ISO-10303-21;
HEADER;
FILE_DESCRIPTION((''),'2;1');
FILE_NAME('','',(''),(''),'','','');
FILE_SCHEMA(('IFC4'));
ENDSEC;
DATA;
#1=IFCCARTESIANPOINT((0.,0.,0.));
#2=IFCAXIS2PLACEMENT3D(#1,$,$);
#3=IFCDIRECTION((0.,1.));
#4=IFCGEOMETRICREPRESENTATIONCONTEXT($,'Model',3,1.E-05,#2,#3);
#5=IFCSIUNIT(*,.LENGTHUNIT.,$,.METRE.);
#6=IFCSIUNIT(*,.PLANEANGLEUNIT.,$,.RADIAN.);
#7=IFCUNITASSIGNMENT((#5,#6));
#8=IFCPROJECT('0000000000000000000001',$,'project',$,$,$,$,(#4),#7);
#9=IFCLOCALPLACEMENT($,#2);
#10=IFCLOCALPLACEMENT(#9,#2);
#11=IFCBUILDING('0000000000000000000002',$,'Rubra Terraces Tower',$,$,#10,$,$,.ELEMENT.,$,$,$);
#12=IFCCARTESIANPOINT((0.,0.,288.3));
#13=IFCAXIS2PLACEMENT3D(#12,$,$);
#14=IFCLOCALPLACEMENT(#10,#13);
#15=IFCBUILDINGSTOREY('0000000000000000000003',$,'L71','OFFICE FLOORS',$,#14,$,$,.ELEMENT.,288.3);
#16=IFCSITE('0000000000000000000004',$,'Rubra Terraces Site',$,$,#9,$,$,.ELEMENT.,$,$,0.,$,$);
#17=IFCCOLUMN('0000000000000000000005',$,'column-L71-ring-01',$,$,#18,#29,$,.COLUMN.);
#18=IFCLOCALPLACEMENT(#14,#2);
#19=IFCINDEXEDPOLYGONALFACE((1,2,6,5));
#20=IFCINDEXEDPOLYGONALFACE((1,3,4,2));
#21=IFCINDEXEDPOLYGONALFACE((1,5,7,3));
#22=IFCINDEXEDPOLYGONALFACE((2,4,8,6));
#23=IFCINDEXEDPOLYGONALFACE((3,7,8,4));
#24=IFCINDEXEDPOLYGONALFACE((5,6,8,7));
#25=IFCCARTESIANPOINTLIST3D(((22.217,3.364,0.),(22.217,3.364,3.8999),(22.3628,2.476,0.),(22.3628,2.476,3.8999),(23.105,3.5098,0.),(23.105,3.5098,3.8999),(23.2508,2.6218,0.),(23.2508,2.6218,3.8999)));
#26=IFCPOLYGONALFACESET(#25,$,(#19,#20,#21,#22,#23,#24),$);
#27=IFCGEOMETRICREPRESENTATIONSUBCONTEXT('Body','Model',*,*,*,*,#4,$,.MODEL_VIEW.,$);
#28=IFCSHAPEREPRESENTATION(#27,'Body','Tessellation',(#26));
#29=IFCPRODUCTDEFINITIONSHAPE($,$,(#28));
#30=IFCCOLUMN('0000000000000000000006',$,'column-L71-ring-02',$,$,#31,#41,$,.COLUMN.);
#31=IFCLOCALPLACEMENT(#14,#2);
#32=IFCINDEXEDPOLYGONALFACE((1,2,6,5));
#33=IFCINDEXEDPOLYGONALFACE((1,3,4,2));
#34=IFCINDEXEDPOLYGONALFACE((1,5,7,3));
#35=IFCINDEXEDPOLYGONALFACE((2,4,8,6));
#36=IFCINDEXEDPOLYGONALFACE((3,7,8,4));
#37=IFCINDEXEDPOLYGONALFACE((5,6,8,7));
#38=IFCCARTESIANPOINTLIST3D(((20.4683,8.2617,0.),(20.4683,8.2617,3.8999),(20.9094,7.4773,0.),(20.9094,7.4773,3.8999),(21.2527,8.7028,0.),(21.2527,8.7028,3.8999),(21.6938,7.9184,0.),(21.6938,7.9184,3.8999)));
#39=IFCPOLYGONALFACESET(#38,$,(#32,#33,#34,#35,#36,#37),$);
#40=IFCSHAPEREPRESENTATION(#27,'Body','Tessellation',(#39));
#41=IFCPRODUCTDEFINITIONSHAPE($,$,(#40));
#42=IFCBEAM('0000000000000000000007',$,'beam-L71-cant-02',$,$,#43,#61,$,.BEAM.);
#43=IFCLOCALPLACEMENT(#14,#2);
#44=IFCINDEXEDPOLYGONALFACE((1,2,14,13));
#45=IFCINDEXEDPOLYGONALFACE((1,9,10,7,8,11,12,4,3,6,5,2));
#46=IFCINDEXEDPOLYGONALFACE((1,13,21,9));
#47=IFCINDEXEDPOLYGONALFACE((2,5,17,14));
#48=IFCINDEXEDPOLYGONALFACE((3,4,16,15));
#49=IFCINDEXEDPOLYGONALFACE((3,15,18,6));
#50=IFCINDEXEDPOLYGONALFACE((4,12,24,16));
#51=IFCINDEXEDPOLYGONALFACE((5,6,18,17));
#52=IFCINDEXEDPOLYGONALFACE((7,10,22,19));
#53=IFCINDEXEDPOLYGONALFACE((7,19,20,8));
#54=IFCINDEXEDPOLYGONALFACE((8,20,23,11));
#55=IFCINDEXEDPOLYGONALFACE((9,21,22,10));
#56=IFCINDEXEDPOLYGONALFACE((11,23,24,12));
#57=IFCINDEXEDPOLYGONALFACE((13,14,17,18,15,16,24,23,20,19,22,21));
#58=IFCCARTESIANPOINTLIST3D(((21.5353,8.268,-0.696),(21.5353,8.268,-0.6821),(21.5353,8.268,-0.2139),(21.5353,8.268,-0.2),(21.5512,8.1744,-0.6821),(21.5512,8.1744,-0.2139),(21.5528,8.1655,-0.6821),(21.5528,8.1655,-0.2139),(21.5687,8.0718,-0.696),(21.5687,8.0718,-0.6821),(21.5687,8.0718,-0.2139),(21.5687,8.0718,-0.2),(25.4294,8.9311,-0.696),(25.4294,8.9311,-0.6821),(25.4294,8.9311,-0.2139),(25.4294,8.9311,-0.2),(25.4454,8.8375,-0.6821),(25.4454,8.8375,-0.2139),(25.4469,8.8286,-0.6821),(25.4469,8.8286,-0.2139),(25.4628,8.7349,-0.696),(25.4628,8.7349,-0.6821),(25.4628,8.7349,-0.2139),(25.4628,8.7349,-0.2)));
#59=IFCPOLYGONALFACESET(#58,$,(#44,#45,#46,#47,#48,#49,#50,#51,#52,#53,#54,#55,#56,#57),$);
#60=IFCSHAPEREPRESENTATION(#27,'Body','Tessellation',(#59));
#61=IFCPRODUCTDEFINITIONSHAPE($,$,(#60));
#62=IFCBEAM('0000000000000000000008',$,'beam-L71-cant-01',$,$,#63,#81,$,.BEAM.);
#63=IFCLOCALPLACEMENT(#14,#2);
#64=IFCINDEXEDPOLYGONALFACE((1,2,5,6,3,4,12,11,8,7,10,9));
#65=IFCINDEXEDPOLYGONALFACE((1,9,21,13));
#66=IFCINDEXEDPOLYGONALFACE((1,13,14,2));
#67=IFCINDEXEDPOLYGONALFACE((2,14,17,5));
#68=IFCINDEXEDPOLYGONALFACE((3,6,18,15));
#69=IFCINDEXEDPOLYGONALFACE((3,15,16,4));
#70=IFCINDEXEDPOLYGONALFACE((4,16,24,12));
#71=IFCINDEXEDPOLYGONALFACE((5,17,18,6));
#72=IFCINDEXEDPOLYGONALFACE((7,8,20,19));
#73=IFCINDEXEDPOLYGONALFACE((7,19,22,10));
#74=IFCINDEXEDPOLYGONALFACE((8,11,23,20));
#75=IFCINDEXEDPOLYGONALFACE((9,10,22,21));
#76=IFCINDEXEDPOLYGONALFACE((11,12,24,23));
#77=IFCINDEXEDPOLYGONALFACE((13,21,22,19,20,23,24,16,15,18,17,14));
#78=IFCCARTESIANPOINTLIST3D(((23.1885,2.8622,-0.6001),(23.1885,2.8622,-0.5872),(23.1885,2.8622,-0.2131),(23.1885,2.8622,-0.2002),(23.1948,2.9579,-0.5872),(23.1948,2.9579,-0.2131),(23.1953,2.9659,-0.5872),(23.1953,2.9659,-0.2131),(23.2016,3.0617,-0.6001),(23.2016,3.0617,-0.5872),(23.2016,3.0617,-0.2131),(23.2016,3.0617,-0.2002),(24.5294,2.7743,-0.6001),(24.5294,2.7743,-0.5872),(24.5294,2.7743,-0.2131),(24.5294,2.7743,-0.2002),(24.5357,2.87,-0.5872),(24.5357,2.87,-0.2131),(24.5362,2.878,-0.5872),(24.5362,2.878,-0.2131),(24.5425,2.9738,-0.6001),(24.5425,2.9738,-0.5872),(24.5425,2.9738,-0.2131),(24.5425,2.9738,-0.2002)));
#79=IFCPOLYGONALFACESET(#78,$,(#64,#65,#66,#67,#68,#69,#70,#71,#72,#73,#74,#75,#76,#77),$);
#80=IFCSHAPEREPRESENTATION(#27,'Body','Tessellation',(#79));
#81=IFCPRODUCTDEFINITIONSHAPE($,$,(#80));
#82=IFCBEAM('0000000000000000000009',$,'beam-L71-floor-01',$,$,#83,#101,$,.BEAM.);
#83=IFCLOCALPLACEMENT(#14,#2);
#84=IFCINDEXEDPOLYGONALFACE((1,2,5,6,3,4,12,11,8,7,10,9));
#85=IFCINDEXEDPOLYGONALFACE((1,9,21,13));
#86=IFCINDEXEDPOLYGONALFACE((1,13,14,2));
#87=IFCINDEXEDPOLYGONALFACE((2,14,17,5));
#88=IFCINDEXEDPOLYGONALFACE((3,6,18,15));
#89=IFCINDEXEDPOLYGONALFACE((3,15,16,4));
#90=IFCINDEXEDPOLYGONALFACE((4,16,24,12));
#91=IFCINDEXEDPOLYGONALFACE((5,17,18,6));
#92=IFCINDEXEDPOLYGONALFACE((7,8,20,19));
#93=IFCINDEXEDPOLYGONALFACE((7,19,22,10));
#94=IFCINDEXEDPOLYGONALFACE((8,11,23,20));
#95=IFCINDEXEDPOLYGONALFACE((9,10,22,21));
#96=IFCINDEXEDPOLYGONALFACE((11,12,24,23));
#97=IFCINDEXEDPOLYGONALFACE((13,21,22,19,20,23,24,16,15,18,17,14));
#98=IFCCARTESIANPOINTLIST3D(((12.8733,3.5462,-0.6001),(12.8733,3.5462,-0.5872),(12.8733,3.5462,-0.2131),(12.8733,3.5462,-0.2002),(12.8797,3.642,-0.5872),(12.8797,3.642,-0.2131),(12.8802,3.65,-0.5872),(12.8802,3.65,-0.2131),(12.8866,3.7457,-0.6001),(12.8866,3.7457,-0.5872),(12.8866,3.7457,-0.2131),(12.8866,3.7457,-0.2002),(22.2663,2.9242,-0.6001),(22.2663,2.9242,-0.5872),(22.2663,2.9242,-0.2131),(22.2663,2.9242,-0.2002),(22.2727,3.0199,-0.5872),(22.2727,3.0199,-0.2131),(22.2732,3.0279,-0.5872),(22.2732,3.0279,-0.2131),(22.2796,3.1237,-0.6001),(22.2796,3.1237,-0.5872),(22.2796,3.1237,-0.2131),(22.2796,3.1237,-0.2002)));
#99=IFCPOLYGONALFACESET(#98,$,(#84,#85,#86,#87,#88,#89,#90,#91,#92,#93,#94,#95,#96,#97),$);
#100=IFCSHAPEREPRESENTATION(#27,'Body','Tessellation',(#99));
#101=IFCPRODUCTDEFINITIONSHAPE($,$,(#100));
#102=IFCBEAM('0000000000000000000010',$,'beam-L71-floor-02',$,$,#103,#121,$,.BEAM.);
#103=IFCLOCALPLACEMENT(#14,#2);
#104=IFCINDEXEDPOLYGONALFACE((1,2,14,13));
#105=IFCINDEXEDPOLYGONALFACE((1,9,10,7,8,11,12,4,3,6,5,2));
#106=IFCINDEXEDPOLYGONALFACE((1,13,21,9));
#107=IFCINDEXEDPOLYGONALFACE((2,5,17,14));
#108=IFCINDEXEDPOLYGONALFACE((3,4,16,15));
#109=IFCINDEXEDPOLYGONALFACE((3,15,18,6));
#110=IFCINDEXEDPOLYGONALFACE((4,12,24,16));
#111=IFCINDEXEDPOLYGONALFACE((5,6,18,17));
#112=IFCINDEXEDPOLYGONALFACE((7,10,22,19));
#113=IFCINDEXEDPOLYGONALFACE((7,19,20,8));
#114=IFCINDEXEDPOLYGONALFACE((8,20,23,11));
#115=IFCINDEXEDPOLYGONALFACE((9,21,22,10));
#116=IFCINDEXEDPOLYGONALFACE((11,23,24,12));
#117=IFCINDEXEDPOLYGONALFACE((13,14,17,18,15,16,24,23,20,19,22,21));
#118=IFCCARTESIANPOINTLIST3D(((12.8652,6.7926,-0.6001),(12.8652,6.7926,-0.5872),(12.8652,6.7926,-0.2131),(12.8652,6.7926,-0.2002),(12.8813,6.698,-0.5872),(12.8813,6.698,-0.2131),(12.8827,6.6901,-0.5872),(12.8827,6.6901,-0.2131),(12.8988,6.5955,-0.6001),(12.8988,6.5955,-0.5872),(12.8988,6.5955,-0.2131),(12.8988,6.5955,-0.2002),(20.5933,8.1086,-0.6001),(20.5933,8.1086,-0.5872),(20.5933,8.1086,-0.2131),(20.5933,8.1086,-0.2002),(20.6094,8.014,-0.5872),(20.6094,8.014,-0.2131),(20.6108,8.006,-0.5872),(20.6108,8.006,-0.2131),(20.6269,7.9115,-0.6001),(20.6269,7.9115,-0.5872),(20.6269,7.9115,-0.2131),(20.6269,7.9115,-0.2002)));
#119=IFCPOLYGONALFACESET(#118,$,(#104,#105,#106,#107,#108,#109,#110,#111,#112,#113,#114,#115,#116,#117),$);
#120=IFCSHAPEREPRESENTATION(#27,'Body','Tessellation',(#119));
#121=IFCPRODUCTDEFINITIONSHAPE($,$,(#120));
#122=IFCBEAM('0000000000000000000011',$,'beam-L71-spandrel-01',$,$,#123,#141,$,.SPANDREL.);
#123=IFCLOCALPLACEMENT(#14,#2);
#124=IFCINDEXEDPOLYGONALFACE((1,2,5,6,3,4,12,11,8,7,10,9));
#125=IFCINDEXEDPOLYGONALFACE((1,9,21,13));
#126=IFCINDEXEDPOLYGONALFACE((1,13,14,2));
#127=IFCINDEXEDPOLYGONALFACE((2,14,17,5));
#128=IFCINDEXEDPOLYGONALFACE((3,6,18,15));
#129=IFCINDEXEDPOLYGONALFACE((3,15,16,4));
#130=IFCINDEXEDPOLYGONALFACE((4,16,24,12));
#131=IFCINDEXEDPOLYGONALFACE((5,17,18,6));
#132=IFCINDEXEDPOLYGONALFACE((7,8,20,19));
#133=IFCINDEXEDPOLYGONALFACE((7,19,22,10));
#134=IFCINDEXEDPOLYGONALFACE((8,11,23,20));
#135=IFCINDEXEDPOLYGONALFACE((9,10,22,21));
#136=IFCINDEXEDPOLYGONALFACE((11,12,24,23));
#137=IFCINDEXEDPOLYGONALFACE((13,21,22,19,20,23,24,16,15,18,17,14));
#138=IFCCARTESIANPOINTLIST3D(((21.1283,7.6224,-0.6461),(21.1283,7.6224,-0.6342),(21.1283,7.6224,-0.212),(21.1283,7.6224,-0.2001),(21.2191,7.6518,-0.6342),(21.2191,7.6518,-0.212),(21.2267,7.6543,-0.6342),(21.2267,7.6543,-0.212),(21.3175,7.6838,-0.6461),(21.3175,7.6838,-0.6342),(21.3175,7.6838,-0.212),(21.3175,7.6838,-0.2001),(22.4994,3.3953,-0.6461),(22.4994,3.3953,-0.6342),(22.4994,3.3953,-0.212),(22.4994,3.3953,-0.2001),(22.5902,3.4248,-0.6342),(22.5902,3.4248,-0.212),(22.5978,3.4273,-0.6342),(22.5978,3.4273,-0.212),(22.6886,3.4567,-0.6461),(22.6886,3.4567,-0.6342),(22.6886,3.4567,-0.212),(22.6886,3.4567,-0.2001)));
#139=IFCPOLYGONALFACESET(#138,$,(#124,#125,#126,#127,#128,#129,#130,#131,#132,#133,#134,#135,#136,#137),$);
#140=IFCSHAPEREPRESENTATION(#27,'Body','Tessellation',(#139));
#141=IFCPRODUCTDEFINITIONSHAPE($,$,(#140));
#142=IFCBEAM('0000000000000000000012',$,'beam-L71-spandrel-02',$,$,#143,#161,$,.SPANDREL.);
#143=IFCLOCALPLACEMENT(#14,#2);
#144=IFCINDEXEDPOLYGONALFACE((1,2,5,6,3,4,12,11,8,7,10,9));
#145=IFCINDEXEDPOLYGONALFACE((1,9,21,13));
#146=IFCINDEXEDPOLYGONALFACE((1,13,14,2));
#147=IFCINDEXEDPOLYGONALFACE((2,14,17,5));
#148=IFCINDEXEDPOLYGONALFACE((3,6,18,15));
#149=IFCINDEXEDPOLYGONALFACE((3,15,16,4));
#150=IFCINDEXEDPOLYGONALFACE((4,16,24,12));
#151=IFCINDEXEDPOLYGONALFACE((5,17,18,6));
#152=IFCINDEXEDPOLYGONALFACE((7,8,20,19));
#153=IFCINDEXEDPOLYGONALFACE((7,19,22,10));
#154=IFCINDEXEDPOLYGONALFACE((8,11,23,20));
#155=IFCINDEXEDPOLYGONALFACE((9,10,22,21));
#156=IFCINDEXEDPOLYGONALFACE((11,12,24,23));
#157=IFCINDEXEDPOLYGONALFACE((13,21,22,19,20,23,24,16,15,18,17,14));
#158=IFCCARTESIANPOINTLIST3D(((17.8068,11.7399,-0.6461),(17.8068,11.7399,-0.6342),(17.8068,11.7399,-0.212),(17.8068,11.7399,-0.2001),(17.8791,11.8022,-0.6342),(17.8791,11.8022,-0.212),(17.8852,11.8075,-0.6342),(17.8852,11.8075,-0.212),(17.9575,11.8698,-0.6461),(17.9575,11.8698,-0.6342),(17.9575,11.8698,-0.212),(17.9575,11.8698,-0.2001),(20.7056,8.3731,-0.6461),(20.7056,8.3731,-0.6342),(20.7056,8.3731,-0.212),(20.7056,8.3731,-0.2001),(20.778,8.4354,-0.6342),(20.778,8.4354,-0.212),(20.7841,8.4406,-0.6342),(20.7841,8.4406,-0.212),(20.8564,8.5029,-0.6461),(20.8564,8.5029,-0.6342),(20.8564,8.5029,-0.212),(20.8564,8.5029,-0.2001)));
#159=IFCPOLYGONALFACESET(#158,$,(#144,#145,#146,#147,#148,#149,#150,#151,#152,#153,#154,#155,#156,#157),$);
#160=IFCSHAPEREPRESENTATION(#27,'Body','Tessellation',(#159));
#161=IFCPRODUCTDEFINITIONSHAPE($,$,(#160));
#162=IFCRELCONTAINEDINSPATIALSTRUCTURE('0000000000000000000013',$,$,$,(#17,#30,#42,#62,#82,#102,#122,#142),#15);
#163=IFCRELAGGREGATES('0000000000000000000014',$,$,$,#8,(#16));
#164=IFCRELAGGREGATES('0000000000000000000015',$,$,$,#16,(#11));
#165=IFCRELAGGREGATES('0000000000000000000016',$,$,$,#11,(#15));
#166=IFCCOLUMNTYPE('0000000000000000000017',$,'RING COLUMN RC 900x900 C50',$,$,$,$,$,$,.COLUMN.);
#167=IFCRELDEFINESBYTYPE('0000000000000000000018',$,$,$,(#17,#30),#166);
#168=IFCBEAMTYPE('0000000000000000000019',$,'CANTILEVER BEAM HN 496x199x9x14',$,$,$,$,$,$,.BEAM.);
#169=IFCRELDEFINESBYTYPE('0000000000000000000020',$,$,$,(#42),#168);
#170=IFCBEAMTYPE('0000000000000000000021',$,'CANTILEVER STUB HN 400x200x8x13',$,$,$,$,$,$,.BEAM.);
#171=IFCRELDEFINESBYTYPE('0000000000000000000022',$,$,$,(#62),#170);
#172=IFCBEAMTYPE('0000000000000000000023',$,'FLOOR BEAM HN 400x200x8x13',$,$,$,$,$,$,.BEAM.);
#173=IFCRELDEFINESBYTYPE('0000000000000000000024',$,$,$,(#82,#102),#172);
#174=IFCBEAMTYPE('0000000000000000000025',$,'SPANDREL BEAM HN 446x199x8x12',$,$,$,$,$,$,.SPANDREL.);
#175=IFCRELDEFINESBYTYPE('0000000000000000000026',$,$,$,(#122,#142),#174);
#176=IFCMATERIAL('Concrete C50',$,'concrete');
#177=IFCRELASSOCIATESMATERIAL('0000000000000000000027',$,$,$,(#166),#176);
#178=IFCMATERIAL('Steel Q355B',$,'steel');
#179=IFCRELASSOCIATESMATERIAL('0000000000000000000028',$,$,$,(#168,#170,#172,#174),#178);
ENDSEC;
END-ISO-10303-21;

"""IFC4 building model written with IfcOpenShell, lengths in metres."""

from ifc_helpers import new_model, si_unit, direction, frame, origin, origin_2d, place, context, subcontext, project, spatial, rectangle, i_section, extrude, material, material_profile, profile_set, type_object, element, save


model = new_model("IFC4")

# Units and contexts
model_context = context("Model", 3, precision=1e-05, world=origin(), true_north=direction((0.0, 1.0)))
body_context = subcontext(model_context, "Body", "Model", "MODEL_VIEW")
ifc_project = project(units=[si_unit("LENGTHUNIT", "METRE"), si_unit("PLANEANGLEUNIT", "RADIAN")], contexts=[model_context])

# Site, building, storey
site_placement = place(None, origin())
site = spatial("IfcSite", under=ifc_project, at=site_placement, Name="Rubra Terraces Site", CompositionType="ELEMENT", RefElevation=0.0)
building_placement = place(site_placement, origin())
building = spatial("IfcBuilding", under=site, at=building_placement, Name="Rubra Terraces Tower", CompositionType="ELEMENT")
storey_placement = place(building_placement, frame((0.0, 0.0, 288.3)))
storey = spatial("IfcBuildingStorey", under=building, at=storey_placement, Name="L71", Description="OFFICE FLOORS", CompositionType="ELEMENT", Elevation=288.3)

# Columns
ifc_material_1 = material(Name="Concrete C50", Category="concrete")
ifc_material_profile_1 = material_profile(ifc_material_1, rectangle(XDim=0.8999, YDim=0.8999, at=origin_2d()), Name="RC 900x900")
ifc_profile_set_1 = profile_set([ifc_material_profile_1], Name="Concrete C50")
column_type = type_object("IfcColumnType", Name="RING COLUMN RC 900x900 C50", PredefinedType="COLUMN", material=ifc_profile_set_1)
for number, where, z_axis, x_axis, name in (
    (1, (22.7339, 2.9929, 0.0), (0.0, 0.0, 1.0), (-0.162062, 0.986781, 0.0), "column-L71-ring-01"),
    (2, (21.0811, 8.0901, 0.0), (0.0, 0.0, 1.0), (-0.490162, 0.871631, 0.0), "column-L71-ring-02"),
):
    element("IfcColumn", number, at=place(storey_placement, frame(where, z_axis=z_axis, x_axis=x_axis)), inside=storey, type_object=column_type, Name=name, PredefinedType="COLUMN", context=body_context, shape_type="SweptSolid", body=[
        extrude(rectangle(XDim=0.8999, YDim=0.8999, at=origin_2d()), origin(), (0.0, 0.0, 1.0), 3.8999),
    ])

# Beams
ifc_material_2 = material(Name="Steel Q355B", Category="steel")
ifc_material_profile_2 = material_profile(ifc_material_2, i_section(OverallWidth=0.199, OverallDepth=0.4961, WebThickness=0.009, FlangeThickness=0.0139, at=origin_2d()), Name="HN 496x199x9x14")
ifc_profile_set_2 = profile_set([ifc_material_profile_2], Name="Steel Q355B")
beam_type_1 = type_object("IfcBeamType", Name="CANTILEVER BEAM HN 496x199x9x14", PredefinedType="BEAM", material=ifc_profile_set_2)
beam_1_placement = place(storey_placement, frame((21.552, 8.1699, -0.448), z_axis=(0.98581, 0.167866, 0.0), x_axis=(-0.167866, 0.98581, 0.0)))
element("IfcBeam", 3, at=beam_1_placement, inside=storey, type_object=beam_type_1, Name="beam-L71-cant-02", PredefinedType="BEAM", context=body_context, shape_type="SweptSolid", body=[
    extrude(i_section(OverallWidth=0.199, OverallDepth=0.4961, WebThickness=0.009, FlangeThickness=0.0139, at=origin_2d()), origin(), (0.0, 0.0, 1.0), 3.9502),
])
ifc_material_profile_3 = material_profile(ifc_material_2, i_section(OverallWidth=0.2, OverallDepth=0.3999, WebThickness=0.0081, FlangeThickness=0.0129, at=origin_2d()), Name="HN 400x200x8x13")
ifc_profile_set_3 = profile_set([ifc_material_profile_3], Name="Steel Q355B")
beam_type_2 = type_object("IfcBeamType", Name="CANTILEVER STUB HN 400x200x8x13", PredefinedType="BEAM", material=ifc_profile_set_3)
beam_2_placement = place(storey_placement, frame((23.1951, 2.9619, -0.4001), z_axis=(0.997859, -0.06541, 0.0), x_axis=(0.06541, 0.997859, 0.0)))
element("IfcBeam", 4, at=beam_2_placement, inside=storey, type_object=beam_type_2, Name="beam-L71-cant-01", PredefinedType="BEAM", context=body_context, shape_type="SweptSolid", body=[
    extrude(i_section(OverallWidth=0.2, OverallDepth=0.3999, WebThickness=0.0081, FlangeThickness=0.0129, at=origin_2d()), origin(), (0.0, 0.0, 1.0), 1.3438),
])
ifc_material_profile_4 = material_profile(ifc_material_2, i_section(OverallWidth=0.2, OverallDepth=0.3999, WebThickness=0.0081, FlangeThickness=0.0129, at=origin_2d()), Name="HN 400x200x8x13")
ifc_profile_set_4 = profile_set([ifc_material_profile_4], Name="Steel Q355B")
beam_type_3 = type_object("IfcBeamType", Name="FLOOR BEAM HN 400x200x8x13", PredefinedType="BEAM", material=ifc_profile_set_4)
beam_3_placement = place(storey_placement, frame((22.2729, 3.0239, -0.4001), z_axis=(-0.997814, 0.066082, 0.0), x_axis=(-0.066082, -0.997814, 0.0)))
element("IfcBeam", 5, at=beam_3_placement, inside=storey, type_object=beam_type_3, Name="beam-L71-floor-01", PredefinedType="BEAM", context=body_context, shape_type="SweptSolid", body=[
    extrude(i_section(OverallWidth=0.2, OverallDepth=0.3999, WebThickness=0.0081, FlangeThickness=0.0129, at=origin_2d()), origin(), (0.0, 0.0, 1.0), 9.4136),
])
beam_4_placement = place(storey_placement, frame((20.6101, 8.01, -0.4001), z_axis=(-0.98581, -0.167862, 0.0), x_axis=(0.167862, -0.98581, 0.0)))
element("IfcBeam", 6, at=beam_4_placement, inside=storey, type_object=beam_type_3, Name="beam-L71-floor-02", PredefinedType="BEAM", context=body_context, shape_type="SweptSolid", body=[
    extrude(i_section(OverallWidth=0.2, OverallDepth=0.3999, WebThickness=0.0081, FlangeThickness=0.0129, at=origin_2d()), origin(), (0.0, 0.0, 1.0), 7.8394),
])
ifc_material_profile_5 = material_profile(ifc_material_2, i_section(OverallWidth=0.199, OverallDepth=0.446, WebThickness=0.0081, FlangeThickness=0.012, at=origin_2d()), Name="HN 446x199x8x12")
ifc_profile_set_5 = profile_set([ifc_material_profile_5], Name="Steel Q355B")
beam_type_4 = type_object("IfcBeamType", Name="SPANDREL BEAM HN 446x199x8x12", PredefinedType="SPANDREL", material=ifc_profile_set_5)
beam_5_placement = place(storey_placement, frame((22.594, 3.426, -0.4231), z_axis=(-0.308537, 0.951212, 0.0), x_axis=(-0.951212, -0.308537, 0.0)))
element("IfcBeam", 7, at=beam_5_placement, inside=storey, type_object=beam_type_4, Name="beam-L71-spandrel-01", PredefinedType="SPANDREL", context=body_context, shape_type="SweptSolid", body=[
    extrude(i_section(OverallWidth=0.199, OverallDepth=0.446, WebThickness=0.0081, FlangeThickness=0.012, at=origin_2d()), origin(), (0.0, 0.0, 1.0), 4.4438),
])
beam_6_placement = place(storey_placement, frame((20.781, 8.438, -0.4231), z_axis=(-0.652473, 0.757812, 0.0), x_axis=(-0.757812, -0.652473, 0.0)))
element("IfcBeam", 8, at=beam_6_placement, inside=storey, type_object=beam_type_4, Name="beam-L71-spandrel-02", PredefinedType="SPANDREL", context=body_context, shape_type="SweptSolid", body=[
    extrude(i_section(OverallWidth=0.199, OverallDepth=0.446, WebThickness=0.0081, FlangeThickness=0.012, at=origin_2d()), origin(), (0.0, 0.0, 1.0), 4.4429),
])

save(model, "model.ifc")
